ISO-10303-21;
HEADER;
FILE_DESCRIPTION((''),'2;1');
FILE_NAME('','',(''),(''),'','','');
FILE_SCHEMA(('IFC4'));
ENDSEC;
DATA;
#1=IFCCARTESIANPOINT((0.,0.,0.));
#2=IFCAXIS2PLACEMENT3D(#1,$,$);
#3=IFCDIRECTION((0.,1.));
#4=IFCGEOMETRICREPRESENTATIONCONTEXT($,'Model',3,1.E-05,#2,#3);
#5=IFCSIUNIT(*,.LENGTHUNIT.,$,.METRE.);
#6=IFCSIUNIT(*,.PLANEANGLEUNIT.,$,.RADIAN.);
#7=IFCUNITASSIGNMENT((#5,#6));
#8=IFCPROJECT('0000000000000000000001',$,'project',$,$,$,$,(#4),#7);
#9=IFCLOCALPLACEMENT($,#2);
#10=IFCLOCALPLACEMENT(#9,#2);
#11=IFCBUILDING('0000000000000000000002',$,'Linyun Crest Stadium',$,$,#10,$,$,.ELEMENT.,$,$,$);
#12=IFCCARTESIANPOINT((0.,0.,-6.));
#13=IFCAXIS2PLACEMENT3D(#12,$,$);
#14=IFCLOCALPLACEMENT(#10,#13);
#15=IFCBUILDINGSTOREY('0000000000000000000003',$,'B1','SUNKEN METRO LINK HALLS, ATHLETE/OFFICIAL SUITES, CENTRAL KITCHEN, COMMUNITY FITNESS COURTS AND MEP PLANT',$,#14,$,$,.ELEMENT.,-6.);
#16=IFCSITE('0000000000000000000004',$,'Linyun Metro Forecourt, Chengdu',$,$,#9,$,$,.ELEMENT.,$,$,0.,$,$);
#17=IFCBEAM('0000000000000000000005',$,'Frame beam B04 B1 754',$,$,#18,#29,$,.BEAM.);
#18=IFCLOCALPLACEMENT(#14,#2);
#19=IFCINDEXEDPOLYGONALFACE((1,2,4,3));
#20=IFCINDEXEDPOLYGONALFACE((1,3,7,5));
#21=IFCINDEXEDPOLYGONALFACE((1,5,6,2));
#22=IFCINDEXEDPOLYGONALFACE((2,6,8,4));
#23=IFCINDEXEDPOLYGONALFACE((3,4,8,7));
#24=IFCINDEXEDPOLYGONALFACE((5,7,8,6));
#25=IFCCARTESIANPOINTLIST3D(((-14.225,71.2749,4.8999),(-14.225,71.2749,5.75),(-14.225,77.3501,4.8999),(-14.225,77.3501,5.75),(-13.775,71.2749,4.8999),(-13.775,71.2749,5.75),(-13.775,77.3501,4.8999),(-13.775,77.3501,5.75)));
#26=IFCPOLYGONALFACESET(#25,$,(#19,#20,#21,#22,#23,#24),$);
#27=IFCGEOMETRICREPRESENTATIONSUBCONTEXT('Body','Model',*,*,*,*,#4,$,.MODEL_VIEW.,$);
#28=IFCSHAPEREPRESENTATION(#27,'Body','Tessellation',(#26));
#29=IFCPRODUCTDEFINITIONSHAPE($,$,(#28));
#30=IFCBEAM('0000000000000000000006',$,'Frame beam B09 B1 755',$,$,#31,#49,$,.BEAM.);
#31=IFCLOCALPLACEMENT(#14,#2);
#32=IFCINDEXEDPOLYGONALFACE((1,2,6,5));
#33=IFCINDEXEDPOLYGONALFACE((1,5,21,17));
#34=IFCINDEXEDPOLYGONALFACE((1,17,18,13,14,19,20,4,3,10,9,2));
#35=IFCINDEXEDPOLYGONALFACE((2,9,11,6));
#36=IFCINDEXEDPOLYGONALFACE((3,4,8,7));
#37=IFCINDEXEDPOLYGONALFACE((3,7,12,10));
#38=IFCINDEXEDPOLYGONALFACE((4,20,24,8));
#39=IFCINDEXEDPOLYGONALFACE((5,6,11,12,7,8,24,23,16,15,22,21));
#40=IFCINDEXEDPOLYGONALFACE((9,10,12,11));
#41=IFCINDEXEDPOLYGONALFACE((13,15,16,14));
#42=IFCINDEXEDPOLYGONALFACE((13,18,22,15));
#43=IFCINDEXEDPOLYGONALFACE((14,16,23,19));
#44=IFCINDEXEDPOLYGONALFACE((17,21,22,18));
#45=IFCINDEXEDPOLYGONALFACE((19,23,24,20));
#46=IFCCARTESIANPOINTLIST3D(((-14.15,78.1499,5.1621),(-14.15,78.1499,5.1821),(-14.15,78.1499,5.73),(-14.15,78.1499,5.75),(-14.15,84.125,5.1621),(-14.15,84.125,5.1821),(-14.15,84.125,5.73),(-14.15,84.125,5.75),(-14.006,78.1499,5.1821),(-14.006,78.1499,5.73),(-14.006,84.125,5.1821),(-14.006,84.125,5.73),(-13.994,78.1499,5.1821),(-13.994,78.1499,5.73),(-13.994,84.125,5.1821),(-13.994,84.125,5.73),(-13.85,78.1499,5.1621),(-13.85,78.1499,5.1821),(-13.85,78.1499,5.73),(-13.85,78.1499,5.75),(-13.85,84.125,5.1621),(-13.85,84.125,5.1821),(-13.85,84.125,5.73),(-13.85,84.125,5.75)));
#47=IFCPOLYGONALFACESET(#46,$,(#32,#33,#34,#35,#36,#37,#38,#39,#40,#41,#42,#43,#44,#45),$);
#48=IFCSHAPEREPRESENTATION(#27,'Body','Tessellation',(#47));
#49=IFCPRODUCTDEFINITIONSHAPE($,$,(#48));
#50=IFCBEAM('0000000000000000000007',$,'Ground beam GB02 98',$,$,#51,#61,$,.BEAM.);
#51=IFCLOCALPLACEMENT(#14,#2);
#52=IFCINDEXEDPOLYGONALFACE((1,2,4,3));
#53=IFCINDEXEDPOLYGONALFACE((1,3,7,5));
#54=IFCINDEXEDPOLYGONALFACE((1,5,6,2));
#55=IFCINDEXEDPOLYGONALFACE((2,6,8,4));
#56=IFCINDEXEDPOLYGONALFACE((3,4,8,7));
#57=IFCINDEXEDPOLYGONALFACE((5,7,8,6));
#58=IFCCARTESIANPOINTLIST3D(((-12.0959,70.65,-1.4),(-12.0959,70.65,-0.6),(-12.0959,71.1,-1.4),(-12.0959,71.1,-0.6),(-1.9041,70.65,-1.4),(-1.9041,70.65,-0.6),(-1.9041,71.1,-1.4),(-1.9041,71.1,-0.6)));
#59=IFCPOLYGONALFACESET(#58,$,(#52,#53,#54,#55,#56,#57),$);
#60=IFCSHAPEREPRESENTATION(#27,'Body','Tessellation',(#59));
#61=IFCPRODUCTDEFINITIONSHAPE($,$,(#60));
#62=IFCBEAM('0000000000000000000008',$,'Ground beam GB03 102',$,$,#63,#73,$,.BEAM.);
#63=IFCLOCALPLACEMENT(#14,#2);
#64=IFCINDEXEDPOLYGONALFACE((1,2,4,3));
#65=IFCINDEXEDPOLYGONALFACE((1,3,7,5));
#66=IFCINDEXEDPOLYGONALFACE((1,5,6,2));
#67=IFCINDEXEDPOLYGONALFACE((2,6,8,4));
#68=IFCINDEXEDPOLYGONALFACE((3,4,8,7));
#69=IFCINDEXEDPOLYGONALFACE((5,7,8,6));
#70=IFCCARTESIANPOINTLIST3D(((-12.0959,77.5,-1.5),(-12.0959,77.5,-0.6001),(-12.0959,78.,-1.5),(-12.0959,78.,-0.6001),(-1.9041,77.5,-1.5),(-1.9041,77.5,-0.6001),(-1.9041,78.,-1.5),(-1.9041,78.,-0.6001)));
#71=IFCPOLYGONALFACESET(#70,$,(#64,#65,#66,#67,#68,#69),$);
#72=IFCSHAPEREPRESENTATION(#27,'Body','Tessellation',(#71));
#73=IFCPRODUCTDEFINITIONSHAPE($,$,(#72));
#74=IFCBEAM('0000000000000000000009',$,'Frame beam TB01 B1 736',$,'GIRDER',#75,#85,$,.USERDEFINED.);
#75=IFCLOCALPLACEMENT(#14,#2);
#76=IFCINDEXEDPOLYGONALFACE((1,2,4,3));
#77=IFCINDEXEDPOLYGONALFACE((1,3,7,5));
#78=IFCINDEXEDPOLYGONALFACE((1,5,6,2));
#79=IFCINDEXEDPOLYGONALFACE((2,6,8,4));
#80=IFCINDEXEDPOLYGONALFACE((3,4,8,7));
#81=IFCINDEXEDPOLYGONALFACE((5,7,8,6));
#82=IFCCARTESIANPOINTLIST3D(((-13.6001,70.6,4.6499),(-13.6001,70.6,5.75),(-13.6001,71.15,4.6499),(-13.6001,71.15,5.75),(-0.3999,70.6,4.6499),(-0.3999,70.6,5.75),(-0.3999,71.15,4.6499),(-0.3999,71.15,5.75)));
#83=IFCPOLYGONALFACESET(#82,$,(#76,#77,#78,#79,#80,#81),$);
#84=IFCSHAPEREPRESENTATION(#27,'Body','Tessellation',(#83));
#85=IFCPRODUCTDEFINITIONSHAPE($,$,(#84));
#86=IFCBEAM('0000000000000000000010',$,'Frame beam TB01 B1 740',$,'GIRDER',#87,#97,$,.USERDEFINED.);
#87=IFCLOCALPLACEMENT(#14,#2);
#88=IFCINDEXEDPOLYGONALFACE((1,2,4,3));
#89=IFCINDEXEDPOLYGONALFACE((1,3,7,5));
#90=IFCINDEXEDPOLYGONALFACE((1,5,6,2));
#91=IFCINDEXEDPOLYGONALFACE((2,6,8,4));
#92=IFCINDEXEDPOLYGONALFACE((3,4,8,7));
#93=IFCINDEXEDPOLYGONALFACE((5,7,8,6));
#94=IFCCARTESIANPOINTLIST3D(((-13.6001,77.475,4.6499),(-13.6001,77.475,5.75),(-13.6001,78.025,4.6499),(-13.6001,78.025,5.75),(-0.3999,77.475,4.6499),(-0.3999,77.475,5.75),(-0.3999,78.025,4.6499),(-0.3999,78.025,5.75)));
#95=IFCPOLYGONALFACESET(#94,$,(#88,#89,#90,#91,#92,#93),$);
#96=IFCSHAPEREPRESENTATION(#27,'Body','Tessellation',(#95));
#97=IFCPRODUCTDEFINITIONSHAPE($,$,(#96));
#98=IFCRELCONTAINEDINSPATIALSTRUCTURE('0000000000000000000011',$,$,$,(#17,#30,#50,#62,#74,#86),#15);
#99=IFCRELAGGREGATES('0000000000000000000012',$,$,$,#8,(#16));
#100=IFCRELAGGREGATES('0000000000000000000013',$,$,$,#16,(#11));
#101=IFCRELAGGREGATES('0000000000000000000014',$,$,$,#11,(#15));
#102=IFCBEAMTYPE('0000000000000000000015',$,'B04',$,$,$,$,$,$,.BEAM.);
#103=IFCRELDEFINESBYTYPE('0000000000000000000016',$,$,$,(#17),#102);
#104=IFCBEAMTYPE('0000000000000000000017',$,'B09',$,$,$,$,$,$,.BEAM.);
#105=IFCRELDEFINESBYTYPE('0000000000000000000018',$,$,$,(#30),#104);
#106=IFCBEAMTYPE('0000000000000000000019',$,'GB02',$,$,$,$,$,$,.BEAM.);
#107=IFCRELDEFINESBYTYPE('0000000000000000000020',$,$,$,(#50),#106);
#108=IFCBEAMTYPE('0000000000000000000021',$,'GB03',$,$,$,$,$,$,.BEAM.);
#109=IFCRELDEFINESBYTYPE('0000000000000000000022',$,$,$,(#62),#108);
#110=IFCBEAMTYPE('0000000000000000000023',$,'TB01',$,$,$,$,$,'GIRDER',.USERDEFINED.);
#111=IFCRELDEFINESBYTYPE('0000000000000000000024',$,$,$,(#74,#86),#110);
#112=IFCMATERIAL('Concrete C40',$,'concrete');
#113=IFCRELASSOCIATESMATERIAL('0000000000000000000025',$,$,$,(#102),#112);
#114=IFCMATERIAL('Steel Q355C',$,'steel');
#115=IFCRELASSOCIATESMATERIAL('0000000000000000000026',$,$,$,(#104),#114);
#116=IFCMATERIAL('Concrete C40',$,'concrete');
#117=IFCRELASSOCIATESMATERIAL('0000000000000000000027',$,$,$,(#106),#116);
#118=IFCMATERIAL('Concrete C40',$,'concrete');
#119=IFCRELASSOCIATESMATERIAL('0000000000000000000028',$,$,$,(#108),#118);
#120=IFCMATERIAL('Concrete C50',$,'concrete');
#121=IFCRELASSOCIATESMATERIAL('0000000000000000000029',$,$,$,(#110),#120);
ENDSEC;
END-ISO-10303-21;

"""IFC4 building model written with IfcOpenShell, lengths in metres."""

from ifc_helpers import new_model, si_unit, direction, frame, origin, origin_2d, place, context, subcontext, project, spatial, rectangle, i_section, extrude, material, material_profile, profile_set, type_object, element, save


model = new_model("IFC4")

# Units and contexts
model_context = context("Model", 3, precision=1e-05, world=origin(), true_north=direction((0.0, 1.0)))
body_context = subcontext(model_context, "Body", "Model", "MODEL_VIEW")
ifc_project = project(units=[si_unit("LENGTHUNIT", "METRE"), si_unit("PLANEANGLEUNIT", "RADIAN")], contexts=[model_context])

# Site, building, storey
site_placement = place(None, origin())
site = spatial("IfcSite", under=ifc_project, at=site_placement, Name="Linyun Metro Forecourt, Chengdu", CompositionType="ELEMENT", RefElevation=0.0)
building_placement = place(site_placement, origin())
building = spatial("IfcBuilding", under=site, at=building_placement, Name="Linyun Crest Stadium", CompositionType="ELEMENT")
storey_placement = place(building_placement, frame((0.0, 0.0, -6.0)))
storey = spatial("IfcBuildingStorey", under=building, at=storey_placement, Name="B1", Description="SUNKEN METRO LINK HALLS, ATHLETE/OFFICIAL SUITES, CENTRAL KITCHEN, COMMUNITY FITNESS COURTS AND MEP PLANT", CompositionType="ELEMENT", Elevation=-6.0)

# Beams
ifc_material_1 = material(Name="Concrete C40", Category="concrete")
ifc_material_profile_1 = material_profile(ifc_material_1, rectangle(XDim=0.45, YDim=0.8501, at=origin_2d()), Name="RCB 850x450")
ifc_profile_set_1 = profile_set([ifc_material_profile_1], Name="Concrete C40")
beam_type_1 = type_object("IfcBeamType", Name="B04", PredefinedType="BEAM", material=ifc_profile_set_1)
beam_1_placement = place(storey_placement, frame((-14.0, 71.2749, 5.325), z_axis=(0.0, 1.0, 0.0), x_axis=(-1.0, 0.0, 0.0)))
element("IfcBeam", 1, at=beam_1_placement, inside=storey, type_object=beam_type_1, Name="Frame beam B04 B1 754", PredefinedType="BEAM", context=body_context, shape_type="SweptSolid", body=[
    extrude(rectangle(XDim=0.45, YDim=0.8501, at=origin_2d()), origin(), (0.0, 0.0, 1.0), 6.0752),
])
ifc_material_2 = material(Name="Steel Q355C", Category="steel")
ifc_material_profile_2 = material_profile(ifc_material_2, i_section(OverallWidth=0.3, OverallDepth=0.5879, WebThickness=0.012, FlangeThickness=0.02, at=origin_2d()), Name="HM 588x300")
ifc_profile_set_2 = profile_set([ifc_material_profile_2], Name="Steel Q355C")
beam_type_2 = type_object("IfcBeamType", Name="B09", PredefinedType="BEAM", material=ifc_profile_set_2)
beam_2_placement = place(storey_placement, frame((-14.0, 78.1499, 5.4561), z_axis=(0.0, 1.0, 0.0), x_axis=(-1.0, 0.0, 0.0)))
element("IfcBeam", 2, at=beam_2_placement, inside=storey, type_object=beam_type_2, Name="Frame beam B09 B1 755", PredefinedType="BEAM", context=body_context, shape_type="SweptSolid", body=[
    extrude(i_section(OverallWidth=0.3, OverallDepth=0.5879, WebThickness=0.012, FlangeThickness=0.02, at=origin_2d()), origin(), (0.0, 0.0, 1.0), 5.9751),
])
ifc_material_3 = material(Name="Concrete C40", Category="concrete")
ifc_material_profile_3 = material_profile(ifc_material_3, rectangle(XDim=0.45, YDim=0.8, at=origin_2d()), Name="RCB 800x450")
ifc_profile_set_3 = profile_set([ifc_material_profile_3], Name="Concrete C40")
beam_type_3 = type_object("IfcBeamType", Name="GB02", PredefinedType="BEAM", material=ifc_profile_set_3)
beam_3_placement = place(storey_placement, frame((-12.0959, 70.875, -1.0), z_axis=(1.0, 0.0, 0.0), x_axis=(0.0, 1.0, 0.0)))
element("IfcBeam", 3, at=beam_3_placement, inside=storey, type_object=beam_type_3, Name="Ground beam GB02 98", PredefinedType="BEAM", context=body_context, shape_type="SweptSolid", body=[
    extrude(rectangle(XDim=0.45, YDim=0.8, at=origin_2d()), origin(), (0.0, 0.0, 1.0), 10.1919),
])
ifc_material_4 = material(Name="Concrete C40", Category="concrete")
ifc_material_profile_4 = material_profile(ifc_material_4, rectangle(XDim=0.5, YDim=0.8999, at=origin_2d()), Name="RCB 900x500")
ifc_profile_set_4 = profile_set([ifc_material_profile_4], Name="Concrete C40")
beam_type_4 = type_object("IfcBeamType", Name="GB03", PredefinedType="BEAM", material=ifc_profile_set_4)
beam_4_placement = place(storey_placement, frame((-12.0959, 77.75, -1.05), z_axis=(1.0, 0.0, 0.0), x_axis=(0.0, 1.0, 0.0)))
element("IfcBeam", 4, at=beam_4_placement, inside=storey, type_object=beam_type_4, Name="Ground beam GB03 102", PredefinedType="BEAM", context=body_context, shape_type="SweptSolid", body=[
    extrude(rectangle(XDim=0.5, YDim=0.8999, at=origin_2d()), origin(), (0.0, 0.0, 1.0), 10.1919),
])
ifc_material_5 = material(Name="Concrete C50", Category="concrete")
ifc_material_profile_5 = material_profile(ifc_material_5, rectangle(XDim=0.55, YDim=1.1001, at=origin_2d()), Name="RCB 1100x550")
ifc_profile_set_5 = profile_set([ifc_material_profile_5], Name="Concrete C50")
beam_type_5 = type_object("IfcBeamType", Name="TB01", ElementType="GIRDER", PredefinedType="USERDEFINED", material=ifc_profile_set_5)
for number, where, z_axis, x_axis, name in (
    (5, (-13.6001, 70.875, 5.2), (1.0, 0.0, 0.0), (0.0, 1.0, 0.0), "Frame beam TB01 B1 736"),
    (6, (-13.6001, 77.75, 5.2), (1.0, 0.0, 0.0), (0.0, 1.0, 0.0), "Frame beam TB01 B1 740"),
):
    element("IfcBeam", number, at=place(storey_placement, frame(where, z_axis=z_axis, x_axis=x_axis)), inside=storey, type_object=beam_type_5, Name=name, ObjectType="GIRDER", PredefinedType="USERDEFINED", context=body_context, shape_type="SweptSolid", body=[
        extrude(rectangle(XDim=0.55, YDim=1.1001, at=origin_2d()), origin(), (0.0, 0.0, 1.0), 13.2002),
    ])

save(model, "model.ifc")
